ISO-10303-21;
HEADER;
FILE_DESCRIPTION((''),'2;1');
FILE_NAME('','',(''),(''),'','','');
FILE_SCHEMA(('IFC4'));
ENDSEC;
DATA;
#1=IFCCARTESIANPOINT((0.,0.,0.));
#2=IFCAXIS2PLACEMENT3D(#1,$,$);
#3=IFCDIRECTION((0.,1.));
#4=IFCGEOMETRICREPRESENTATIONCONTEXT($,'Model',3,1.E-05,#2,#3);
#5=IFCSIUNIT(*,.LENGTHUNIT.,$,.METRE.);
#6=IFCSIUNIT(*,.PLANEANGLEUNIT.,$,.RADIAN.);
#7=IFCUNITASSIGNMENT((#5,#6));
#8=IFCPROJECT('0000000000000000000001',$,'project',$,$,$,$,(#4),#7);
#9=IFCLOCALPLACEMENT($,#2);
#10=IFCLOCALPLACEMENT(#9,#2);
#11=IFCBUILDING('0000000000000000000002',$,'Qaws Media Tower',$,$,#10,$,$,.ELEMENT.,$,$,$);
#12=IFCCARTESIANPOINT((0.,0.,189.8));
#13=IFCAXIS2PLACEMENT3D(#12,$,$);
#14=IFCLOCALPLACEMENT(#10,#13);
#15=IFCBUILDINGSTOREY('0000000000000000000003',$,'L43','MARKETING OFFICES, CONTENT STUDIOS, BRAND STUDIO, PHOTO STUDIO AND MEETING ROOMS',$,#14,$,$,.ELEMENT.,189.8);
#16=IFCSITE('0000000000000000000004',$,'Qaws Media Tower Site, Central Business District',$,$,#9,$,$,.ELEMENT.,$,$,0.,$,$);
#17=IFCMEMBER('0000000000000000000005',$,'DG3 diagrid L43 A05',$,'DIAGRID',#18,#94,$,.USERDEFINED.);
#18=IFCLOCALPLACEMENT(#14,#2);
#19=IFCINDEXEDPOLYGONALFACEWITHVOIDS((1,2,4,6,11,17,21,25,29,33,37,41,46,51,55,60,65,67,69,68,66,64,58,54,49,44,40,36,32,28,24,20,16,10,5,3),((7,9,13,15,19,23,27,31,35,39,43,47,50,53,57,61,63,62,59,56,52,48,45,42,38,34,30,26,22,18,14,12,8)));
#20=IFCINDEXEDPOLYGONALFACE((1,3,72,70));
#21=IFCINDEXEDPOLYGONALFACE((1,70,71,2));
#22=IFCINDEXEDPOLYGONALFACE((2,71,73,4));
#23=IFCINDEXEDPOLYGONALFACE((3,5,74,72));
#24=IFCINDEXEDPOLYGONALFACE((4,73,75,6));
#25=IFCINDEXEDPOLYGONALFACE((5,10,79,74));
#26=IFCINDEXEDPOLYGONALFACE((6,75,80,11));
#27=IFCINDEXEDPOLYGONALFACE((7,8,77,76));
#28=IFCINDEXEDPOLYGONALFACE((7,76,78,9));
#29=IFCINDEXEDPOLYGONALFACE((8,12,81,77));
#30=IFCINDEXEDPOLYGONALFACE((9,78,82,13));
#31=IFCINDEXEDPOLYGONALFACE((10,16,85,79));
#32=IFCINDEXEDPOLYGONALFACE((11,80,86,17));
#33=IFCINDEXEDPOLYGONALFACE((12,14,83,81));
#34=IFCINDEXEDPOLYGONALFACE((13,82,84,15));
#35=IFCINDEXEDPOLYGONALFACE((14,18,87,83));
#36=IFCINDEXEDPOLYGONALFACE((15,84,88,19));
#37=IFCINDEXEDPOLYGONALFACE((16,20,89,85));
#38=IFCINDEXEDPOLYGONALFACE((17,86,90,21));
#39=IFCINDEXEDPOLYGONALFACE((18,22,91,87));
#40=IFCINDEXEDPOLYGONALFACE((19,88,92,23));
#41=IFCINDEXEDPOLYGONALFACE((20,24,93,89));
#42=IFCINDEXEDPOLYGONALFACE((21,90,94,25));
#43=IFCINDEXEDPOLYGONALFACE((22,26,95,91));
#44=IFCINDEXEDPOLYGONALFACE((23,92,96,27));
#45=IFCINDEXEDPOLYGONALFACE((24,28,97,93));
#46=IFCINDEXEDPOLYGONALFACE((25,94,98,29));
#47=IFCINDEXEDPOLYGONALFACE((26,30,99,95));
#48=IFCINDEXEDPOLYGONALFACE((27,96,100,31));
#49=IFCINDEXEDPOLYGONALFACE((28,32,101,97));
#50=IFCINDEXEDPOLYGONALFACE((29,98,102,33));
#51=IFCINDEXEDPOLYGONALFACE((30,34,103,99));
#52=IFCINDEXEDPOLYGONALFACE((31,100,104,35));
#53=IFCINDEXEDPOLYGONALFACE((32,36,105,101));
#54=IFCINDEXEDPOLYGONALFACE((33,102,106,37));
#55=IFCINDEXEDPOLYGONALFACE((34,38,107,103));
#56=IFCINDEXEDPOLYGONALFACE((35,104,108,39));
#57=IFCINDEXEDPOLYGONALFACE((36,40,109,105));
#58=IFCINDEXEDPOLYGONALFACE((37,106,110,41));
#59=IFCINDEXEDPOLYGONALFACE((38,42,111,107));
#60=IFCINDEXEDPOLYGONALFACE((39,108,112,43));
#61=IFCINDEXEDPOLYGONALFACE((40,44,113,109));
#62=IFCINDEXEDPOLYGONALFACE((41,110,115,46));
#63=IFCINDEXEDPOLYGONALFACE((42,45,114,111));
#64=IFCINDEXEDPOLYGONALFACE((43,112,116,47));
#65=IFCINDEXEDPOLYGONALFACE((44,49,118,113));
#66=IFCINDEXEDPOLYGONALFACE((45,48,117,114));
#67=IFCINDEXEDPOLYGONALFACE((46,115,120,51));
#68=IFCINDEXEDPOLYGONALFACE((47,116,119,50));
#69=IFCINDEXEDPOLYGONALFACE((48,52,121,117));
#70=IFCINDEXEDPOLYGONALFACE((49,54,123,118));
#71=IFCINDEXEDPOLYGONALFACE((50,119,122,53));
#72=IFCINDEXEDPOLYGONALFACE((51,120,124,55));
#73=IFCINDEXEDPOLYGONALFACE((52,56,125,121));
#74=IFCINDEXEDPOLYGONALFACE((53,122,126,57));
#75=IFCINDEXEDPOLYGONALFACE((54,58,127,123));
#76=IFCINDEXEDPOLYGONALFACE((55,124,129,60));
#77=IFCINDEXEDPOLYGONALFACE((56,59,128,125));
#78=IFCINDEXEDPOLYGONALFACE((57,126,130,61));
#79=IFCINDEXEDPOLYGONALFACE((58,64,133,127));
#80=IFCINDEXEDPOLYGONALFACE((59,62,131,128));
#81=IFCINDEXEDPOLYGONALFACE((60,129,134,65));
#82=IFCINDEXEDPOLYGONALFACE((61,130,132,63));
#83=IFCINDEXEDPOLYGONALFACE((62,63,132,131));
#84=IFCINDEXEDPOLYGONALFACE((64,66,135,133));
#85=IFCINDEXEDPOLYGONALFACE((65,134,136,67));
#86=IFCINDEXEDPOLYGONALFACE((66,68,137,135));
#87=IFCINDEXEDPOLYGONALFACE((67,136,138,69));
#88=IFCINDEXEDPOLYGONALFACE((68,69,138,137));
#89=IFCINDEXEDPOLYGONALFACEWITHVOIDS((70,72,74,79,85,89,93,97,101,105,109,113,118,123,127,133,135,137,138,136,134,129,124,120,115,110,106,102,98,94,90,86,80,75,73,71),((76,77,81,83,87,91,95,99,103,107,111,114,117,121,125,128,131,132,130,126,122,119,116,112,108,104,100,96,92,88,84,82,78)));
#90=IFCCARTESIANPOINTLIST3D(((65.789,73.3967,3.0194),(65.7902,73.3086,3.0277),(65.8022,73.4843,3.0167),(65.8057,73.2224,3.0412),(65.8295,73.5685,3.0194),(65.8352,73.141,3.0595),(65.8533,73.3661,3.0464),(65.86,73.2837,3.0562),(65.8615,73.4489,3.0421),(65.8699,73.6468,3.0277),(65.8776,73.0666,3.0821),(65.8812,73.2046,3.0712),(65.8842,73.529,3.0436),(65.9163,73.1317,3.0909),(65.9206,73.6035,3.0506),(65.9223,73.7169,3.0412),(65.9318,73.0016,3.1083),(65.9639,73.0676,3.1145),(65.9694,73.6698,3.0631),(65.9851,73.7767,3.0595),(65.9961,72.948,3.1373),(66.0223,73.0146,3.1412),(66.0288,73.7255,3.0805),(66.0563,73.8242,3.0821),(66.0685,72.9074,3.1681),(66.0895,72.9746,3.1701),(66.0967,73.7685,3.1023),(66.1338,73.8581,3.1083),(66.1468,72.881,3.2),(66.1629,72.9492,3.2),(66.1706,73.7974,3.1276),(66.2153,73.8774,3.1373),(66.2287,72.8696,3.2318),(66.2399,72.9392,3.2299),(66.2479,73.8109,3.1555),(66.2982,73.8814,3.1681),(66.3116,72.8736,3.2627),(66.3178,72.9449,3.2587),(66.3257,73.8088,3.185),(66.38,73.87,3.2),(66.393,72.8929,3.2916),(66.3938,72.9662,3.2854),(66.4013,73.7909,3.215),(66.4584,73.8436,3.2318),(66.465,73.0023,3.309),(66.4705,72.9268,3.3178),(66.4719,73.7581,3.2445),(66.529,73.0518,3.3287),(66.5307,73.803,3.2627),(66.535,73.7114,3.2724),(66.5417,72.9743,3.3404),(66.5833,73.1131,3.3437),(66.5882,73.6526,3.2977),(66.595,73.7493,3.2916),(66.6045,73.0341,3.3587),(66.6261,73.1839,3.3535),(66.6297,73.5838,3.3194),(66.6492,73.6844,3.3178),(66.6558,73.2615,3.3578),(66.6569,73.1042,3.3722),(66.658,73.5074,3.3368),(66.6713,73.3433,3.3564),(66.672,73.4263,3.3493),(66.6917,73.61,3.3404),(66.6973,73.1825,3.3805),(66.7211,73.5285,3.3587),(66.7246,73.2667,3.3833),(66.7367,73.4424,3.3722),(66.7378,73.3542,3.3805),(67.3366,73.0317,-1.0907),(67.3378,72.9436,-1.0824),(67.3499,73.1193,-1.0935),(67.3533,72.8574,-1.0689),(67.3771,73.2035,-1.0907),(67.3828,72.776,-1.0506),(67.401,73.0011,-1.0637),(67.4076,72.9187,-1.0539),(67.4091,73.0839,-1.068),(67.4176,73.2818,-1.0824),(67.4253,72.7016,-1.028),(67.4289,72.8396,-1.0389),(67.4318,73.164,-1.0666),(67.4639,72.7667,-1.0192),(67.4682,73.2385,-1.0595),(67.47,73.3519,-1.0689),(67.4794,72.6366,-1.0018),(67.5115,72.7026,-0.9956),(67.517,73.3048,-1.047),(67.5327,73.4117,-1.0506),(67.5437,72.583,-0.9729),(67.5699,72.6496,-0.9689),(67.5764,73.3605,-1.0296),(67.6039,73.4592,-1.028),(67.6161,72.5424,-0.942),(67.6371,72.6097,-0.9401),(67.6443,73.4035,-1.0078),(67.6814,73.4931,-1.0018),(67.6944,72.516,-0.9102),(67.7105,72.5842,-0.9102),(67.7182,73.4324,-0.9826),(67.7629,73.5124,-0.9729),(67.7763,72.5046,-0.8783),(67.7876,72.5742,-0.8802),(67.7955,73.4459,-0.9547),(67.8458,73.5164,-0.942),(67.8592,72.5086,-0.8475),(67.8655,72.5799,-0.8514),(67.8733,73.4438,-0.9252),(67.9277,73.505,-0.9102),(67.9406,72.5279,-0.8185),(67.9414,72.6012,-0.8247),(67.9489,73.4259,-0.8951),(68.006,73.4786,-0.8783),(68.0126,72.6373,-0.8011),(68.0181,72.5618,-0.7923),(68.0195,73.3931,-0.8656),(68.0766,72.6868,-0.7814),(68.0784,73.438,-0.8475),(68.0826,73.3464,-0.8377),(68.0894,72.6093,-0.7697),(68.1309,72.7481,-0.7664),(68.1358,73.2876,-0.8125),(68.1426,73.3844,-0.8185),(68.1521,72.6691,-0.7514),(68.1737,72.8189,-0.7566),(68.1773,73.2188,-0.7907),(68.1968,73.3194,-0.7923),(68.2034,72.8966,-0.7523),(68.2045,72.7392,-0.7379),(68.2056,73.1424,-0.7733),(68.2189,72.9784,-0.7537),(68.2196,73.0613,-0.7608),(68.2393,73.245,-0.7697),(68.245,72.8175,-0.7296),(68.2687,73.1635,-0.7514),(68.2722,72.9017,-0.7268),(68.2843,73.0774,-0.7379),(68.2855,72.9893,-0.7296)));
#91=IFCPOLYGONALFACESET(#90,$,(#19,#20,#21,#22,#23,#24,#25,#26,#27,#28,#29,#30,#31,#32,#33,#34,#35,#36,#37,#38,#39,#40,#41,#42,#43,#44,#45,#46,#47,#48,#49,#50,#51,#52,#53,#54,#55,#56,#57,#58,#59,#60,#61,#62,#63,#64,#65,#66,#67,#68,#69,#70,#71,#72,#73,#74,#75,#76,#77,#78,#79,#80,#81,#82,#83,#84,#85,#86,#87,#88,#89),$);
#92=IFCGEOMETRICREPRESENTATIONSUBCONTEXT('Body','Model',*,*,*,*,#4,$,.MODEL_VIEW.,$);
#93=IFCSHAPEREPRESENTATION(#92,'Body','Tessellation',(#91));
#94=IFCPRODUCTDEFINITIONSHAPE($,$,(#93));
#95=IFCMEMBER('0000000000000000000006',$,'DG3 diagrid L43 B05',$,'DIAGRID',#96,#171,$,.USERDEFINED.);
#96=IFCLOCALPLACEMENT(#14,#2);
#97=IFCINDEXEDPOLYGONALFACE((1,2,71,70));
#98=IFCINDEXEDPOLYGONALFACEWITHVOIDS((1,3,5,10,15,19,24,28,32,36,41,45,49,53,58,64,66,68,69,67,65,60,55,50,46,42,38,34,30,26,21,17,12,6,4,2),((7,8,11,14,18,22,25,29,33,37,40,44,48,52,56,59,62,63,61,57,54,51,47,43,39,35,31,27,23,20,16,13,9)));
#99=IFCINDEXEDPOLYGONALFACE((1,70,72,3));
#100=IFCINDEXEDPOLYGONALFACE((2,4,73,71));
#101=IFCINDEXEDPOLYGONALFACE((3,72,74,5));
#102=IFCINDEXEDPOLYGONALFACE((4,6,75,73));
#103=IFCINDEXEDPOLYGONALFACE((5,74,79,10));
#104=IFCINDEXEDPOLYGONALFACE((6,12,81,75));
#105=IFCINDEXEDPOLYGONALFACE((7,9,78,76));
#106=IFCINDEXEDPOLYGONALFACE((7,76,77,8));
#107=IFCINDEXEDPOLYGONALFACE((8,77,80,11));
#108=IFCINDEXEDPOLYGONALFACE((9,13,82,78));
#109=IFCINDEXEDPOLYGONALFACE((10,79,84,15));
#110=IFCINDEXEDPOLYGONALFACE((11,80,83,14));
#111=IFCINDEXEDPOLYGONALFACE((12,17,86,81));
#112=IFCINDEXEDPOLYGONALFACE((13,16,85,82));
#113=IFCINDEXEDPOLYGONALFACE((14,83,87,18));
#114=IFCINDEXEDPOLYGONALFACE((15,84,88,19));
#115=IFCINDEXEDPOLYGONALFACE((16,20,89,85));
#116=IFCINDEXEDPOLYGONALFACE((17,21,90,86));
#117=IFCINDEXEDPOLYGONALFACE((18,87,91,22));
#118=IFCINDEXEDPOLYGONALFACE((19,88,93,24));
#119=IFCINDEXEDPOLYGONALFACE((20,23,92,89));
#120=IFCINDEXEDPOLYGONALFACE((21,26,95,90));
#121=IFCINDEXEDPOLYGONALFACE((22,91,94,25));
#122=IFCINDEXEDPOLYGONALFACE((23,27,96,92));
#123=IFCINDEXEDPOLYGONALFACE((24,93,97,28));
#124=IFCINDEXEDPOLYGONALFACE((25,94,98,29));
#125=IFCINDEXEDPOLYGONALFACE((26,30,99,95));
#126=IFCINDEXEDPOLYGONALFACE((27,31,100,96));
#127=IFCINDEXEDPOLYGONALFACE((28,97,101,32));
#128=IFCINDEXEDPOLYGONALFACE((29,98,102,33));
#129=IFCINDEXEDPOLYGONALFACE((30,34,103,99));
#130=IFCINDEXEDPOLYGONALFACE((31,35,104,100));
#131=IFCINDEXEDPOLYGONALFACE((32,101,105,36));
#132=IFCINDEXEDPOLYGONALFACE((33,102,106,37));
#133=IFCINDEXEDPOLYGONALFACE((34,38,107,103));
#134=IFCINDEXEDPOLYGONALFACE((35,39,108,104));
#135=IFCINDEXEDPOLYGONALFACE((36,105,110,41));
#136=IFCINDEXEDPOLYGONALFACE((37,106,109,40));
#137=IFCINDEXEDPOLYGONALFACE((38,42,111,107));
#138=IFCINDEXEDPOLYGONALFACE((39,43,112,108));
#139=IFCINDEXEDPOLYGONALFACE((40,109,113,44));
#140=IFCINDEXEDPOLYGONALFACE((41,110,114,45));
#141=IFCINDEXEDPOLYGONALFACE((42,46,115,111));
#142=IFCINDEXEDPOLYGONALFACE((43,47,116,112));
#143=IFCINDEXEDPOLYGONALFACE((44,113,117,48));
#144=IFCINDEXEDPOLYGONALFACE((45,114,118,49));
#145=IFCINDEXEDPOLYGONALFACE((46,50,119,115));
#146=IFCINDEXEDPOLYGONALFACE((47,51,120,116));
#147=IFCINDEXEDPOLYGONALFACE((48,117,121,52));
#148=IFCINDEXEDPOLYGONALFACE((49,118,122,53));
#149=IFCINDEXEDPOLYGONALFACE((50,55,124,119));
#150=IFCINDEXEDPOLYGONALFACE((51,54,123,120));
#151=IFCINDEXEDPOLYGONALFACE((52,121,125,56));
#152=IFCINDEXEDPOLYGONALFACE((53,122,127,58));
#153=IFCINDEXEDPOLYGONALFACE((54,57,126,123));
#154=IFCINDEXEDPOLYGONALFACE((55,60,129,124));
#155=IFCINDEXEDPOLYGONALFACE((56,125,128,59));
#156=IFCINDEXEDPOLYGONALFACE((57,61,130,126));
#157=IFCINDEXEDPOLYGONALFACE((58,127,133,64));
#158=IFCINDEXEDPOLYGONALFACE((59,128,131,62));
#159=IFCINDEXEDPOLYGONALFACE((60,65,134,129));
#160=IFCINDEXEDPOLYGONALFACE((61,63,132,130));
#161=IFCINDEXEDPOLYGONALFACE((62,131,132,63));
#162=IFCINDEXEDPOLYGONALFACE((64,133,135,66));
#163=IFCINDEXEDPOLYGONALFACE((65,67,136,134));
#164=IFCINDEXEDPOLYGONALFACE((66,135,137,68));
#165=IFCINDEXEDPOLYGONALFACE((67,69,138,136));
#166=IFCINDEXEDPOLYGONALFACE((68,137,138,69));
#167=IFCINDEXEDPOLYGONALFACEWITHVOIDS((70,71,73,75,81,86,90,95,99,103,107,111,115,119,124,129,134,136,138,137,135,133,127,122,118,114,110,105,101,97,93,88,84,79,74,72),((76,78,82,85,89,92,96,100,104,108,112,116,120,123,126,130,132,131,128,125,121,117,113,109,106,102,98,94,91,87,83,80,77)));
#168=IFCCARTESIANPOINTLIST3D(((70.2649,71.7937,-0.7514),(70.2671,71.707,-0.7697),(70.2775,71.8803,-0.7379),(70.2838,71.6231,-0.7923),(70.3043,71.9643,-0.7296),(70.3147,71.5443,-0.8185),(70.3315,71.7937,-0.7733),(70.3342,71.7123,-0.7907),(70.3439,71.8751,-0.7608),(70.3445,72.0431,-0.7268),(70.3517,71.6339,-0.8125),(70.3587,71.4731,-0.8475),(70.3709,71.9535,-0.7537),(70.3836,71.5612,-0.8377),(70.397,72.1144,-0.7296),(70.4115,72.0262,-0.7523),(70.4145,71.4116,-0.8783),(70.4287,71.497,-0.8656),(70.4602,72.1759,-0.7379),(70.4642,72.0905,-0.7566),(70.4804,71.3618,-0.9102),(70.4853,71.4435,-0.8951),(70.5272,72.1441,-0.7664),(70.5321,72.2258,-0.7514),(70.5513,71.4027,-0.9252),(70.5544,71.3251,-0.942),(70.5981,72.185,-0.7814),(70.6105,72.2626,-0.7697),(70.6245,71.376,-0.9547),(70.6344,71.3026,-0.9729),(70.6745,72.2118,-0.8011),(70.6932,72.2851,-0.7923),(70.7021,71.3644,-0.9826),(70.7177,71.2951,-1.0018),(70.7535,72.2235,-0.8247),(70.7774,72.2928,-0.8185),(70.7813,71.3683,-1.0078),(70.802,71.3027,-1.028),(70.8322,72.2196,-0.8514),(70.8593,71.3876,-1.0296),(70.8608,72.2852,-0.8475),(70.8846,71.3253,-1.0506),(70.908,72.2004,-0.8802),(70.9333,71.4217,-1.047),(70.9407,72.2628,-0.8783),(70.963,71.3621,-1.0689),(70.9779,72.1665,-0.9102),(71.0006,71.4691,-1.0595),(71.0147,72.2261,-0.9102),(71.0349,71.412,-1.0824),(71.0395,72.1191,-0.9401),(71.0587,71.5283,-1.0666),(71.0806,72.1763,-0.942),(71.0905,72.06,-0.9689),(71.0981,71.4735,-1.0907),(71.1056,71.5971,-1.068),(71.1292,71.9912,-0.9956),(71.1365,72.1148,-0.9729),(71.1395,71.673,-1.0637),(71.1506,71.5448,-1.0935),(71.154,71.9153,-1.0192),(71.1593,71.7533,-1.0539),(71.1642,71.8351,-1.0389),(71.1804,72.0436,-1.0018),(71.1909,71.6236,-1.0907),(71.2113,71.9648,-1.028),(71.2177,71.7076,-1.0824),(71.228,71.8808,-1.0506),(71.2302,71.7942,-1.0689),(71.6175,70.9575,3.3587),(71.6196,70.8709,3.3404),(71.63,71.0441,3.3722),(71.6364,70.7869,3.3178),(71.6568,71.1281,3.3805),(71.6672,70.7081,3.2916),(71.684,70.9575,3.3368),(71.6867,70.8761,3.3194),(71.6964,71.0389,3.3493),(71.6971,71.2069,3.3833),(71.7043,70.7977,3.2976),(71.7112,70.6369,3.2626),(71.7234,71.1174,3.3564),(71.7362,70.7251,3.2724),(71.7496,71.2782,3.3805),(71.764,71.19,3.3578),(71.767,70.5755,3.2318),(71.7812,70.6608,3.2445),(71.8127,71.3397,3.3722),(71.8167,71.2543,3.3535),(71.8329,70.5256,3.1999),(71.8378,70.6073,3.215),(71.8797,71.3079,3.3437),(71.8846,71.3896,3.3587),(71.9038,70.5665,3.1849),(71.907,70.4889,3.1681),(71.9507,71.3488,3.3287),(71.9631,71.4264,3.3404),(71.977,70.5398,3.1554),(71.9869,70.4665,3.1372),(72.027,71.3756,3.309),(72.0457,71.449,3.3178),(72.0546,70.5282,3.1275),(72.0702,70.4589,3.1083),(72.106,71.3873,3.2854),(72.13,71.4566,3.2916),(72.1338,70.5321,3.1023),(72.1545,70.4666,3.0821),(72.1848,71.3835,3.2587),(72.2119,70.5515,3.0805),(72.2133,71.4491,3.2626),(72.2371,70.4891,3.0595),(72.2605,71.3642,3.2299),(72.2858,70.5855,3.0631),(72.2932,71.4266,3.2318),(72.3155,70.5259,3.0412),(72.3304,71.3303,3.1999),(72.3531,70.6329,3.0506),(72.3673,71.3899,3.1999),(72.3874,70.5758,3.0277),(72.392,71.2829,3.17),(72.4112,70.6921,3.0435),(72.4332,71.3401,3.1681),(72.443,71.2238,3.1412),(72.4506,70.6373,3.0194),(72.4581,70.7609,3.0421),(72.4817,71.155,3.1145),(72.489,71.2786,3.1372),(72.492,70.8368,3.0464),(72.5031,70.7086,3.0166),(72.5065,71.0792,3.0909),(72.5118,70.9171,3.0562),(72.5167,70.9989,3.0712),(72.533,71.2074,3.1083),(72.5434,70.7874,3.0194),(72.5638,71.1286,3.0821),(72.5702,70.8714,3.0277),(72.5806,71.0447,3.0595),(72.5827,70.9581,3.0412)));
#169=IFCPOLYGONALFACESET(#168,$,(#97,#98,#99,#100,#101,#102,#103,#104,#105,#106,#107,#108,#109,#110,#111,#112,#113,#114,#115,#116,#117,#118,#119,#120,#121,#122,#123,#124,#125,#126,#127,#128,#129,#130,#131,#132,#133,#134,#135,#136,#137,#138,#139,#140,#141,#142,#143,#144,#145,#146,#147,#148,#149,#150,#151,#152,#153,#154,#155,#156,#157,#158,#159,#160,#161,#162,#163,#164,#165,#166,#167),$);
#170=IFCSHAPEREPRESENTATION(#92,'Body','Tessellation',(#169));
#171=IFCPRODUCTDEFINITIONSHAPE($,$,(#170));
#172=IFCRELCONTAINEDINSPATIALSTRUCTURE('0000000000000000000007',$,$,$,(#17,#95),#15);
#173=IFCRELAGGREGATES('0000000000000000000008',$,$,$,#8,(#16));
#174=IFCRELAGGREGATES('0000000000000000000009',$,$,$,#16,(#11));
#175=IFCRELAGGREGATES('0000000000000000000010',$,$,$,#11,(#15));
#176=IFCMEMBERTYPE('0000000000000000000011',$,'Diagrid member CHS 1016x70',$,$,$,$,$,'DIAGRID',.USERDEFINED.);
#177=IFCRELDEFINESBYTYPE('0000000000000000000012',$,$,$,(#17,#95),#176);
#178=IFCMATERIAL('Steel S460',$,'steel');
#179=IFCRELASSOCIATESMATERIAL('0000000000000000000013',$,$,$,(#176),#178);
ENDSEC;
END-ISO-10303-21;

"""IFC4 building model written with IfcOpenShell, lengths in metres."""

from ifc_helpers import new_model, si_unit, direction, frame, origin, origin_2d, place, context, subcontext, project, spatial, hollow_circle, extrude, material, material_profile, profile_set, type_object, element, save


model = new_model("IFC4")

# Units and contexts
model_context = context("Model", 3, precision=1e-05, world=origin(), true_north=direction((0.0, 1.0)))
body_context = subcontext(model_context, "Body", "Model", "MODEL_VIEW")
ifc_project = project(units=[si_unit("LENGTHUNIT", "METRE"), si_unit("PLANEANGLEUNIT", "RADIAN")], contexts=[model_context])

# Site, building, storey
site_placement = place(None, origin())
site = spatial("IfcSite", under=ifc_project, at=site_placement, Name="Qaws Media Tower Site, Central Business District", CompositionType="ELEMENT", RefElevation=0.0)
building_placement = place(site_placement, origin())
building = spatial("IfcBuilding", under=site, at=building_placement, Name="Qaws Media Tower", CompositionType="ELEMENT")
storey_placement = place(building_placement, frame((0.0, 0.0, 189.8)))
storey = spatial("IfcBuildingStorey", under=building, at=storey_placement, Name="L43", Description="MARKETING OFFICES, CONTENT STUDIOS, BRAND STUDIO, PHOTO STUDIO AND MEETING ROOMS", CompositionType="ELEMENT", Elevation=189.8)

# Members
ifc_material_1 = material(Name="Steel S460", Category="steel")
ifc_material_profile_1 = material_profile(ifc_material_1, hollow_circle(Radius=0.5081, WallThickness=0.0701, at=origin_2d()), Name="CHS 1016x70")
ifc_profile_set_1 = profile_set([ifc_material_profile_1], Name="Steel S460")
member_type_1 = type_object("IfcMemberType", Name="Diagrid member CHS 1016x70", ElementType="DIAGRID", PredefinedType="USERDEFINED", material=ifc_profile_set_1)
for number, where, z_axis, x_axis, name in (
    (1, (67.811, 73.0105, -0.9102), (-0.351174, 0.082821, 0.93264), (-0.229544, -0.973298, 0.0), "DG3 diagrid L43 A05"),
    (2, (70.7476, 71.7939, -0.9102), (0.306908, -0.18974, 0.932634), (0.525852, 0.850576, 0.0), "DG3 diagrid L43 B05"),
):
    element("IfcMember", number, at=place(storey_placement, frame(where, z_axis=z_axis, x_axis=x_axis)), inside=storey, type_object=member_type_1, Name=name, ObjectType="DIAGRID", PredefinedType="USERDEFINED", context=body_context, shape_type="SweptSolid", body=[
        extrude(hollow_circle(Radius=0.5081, WallThickness=0.0701, at=origin_2d()), origin(), (0.0, 0.0, 1.0), 4.407),
    ])

save(model, "model.ifc")
